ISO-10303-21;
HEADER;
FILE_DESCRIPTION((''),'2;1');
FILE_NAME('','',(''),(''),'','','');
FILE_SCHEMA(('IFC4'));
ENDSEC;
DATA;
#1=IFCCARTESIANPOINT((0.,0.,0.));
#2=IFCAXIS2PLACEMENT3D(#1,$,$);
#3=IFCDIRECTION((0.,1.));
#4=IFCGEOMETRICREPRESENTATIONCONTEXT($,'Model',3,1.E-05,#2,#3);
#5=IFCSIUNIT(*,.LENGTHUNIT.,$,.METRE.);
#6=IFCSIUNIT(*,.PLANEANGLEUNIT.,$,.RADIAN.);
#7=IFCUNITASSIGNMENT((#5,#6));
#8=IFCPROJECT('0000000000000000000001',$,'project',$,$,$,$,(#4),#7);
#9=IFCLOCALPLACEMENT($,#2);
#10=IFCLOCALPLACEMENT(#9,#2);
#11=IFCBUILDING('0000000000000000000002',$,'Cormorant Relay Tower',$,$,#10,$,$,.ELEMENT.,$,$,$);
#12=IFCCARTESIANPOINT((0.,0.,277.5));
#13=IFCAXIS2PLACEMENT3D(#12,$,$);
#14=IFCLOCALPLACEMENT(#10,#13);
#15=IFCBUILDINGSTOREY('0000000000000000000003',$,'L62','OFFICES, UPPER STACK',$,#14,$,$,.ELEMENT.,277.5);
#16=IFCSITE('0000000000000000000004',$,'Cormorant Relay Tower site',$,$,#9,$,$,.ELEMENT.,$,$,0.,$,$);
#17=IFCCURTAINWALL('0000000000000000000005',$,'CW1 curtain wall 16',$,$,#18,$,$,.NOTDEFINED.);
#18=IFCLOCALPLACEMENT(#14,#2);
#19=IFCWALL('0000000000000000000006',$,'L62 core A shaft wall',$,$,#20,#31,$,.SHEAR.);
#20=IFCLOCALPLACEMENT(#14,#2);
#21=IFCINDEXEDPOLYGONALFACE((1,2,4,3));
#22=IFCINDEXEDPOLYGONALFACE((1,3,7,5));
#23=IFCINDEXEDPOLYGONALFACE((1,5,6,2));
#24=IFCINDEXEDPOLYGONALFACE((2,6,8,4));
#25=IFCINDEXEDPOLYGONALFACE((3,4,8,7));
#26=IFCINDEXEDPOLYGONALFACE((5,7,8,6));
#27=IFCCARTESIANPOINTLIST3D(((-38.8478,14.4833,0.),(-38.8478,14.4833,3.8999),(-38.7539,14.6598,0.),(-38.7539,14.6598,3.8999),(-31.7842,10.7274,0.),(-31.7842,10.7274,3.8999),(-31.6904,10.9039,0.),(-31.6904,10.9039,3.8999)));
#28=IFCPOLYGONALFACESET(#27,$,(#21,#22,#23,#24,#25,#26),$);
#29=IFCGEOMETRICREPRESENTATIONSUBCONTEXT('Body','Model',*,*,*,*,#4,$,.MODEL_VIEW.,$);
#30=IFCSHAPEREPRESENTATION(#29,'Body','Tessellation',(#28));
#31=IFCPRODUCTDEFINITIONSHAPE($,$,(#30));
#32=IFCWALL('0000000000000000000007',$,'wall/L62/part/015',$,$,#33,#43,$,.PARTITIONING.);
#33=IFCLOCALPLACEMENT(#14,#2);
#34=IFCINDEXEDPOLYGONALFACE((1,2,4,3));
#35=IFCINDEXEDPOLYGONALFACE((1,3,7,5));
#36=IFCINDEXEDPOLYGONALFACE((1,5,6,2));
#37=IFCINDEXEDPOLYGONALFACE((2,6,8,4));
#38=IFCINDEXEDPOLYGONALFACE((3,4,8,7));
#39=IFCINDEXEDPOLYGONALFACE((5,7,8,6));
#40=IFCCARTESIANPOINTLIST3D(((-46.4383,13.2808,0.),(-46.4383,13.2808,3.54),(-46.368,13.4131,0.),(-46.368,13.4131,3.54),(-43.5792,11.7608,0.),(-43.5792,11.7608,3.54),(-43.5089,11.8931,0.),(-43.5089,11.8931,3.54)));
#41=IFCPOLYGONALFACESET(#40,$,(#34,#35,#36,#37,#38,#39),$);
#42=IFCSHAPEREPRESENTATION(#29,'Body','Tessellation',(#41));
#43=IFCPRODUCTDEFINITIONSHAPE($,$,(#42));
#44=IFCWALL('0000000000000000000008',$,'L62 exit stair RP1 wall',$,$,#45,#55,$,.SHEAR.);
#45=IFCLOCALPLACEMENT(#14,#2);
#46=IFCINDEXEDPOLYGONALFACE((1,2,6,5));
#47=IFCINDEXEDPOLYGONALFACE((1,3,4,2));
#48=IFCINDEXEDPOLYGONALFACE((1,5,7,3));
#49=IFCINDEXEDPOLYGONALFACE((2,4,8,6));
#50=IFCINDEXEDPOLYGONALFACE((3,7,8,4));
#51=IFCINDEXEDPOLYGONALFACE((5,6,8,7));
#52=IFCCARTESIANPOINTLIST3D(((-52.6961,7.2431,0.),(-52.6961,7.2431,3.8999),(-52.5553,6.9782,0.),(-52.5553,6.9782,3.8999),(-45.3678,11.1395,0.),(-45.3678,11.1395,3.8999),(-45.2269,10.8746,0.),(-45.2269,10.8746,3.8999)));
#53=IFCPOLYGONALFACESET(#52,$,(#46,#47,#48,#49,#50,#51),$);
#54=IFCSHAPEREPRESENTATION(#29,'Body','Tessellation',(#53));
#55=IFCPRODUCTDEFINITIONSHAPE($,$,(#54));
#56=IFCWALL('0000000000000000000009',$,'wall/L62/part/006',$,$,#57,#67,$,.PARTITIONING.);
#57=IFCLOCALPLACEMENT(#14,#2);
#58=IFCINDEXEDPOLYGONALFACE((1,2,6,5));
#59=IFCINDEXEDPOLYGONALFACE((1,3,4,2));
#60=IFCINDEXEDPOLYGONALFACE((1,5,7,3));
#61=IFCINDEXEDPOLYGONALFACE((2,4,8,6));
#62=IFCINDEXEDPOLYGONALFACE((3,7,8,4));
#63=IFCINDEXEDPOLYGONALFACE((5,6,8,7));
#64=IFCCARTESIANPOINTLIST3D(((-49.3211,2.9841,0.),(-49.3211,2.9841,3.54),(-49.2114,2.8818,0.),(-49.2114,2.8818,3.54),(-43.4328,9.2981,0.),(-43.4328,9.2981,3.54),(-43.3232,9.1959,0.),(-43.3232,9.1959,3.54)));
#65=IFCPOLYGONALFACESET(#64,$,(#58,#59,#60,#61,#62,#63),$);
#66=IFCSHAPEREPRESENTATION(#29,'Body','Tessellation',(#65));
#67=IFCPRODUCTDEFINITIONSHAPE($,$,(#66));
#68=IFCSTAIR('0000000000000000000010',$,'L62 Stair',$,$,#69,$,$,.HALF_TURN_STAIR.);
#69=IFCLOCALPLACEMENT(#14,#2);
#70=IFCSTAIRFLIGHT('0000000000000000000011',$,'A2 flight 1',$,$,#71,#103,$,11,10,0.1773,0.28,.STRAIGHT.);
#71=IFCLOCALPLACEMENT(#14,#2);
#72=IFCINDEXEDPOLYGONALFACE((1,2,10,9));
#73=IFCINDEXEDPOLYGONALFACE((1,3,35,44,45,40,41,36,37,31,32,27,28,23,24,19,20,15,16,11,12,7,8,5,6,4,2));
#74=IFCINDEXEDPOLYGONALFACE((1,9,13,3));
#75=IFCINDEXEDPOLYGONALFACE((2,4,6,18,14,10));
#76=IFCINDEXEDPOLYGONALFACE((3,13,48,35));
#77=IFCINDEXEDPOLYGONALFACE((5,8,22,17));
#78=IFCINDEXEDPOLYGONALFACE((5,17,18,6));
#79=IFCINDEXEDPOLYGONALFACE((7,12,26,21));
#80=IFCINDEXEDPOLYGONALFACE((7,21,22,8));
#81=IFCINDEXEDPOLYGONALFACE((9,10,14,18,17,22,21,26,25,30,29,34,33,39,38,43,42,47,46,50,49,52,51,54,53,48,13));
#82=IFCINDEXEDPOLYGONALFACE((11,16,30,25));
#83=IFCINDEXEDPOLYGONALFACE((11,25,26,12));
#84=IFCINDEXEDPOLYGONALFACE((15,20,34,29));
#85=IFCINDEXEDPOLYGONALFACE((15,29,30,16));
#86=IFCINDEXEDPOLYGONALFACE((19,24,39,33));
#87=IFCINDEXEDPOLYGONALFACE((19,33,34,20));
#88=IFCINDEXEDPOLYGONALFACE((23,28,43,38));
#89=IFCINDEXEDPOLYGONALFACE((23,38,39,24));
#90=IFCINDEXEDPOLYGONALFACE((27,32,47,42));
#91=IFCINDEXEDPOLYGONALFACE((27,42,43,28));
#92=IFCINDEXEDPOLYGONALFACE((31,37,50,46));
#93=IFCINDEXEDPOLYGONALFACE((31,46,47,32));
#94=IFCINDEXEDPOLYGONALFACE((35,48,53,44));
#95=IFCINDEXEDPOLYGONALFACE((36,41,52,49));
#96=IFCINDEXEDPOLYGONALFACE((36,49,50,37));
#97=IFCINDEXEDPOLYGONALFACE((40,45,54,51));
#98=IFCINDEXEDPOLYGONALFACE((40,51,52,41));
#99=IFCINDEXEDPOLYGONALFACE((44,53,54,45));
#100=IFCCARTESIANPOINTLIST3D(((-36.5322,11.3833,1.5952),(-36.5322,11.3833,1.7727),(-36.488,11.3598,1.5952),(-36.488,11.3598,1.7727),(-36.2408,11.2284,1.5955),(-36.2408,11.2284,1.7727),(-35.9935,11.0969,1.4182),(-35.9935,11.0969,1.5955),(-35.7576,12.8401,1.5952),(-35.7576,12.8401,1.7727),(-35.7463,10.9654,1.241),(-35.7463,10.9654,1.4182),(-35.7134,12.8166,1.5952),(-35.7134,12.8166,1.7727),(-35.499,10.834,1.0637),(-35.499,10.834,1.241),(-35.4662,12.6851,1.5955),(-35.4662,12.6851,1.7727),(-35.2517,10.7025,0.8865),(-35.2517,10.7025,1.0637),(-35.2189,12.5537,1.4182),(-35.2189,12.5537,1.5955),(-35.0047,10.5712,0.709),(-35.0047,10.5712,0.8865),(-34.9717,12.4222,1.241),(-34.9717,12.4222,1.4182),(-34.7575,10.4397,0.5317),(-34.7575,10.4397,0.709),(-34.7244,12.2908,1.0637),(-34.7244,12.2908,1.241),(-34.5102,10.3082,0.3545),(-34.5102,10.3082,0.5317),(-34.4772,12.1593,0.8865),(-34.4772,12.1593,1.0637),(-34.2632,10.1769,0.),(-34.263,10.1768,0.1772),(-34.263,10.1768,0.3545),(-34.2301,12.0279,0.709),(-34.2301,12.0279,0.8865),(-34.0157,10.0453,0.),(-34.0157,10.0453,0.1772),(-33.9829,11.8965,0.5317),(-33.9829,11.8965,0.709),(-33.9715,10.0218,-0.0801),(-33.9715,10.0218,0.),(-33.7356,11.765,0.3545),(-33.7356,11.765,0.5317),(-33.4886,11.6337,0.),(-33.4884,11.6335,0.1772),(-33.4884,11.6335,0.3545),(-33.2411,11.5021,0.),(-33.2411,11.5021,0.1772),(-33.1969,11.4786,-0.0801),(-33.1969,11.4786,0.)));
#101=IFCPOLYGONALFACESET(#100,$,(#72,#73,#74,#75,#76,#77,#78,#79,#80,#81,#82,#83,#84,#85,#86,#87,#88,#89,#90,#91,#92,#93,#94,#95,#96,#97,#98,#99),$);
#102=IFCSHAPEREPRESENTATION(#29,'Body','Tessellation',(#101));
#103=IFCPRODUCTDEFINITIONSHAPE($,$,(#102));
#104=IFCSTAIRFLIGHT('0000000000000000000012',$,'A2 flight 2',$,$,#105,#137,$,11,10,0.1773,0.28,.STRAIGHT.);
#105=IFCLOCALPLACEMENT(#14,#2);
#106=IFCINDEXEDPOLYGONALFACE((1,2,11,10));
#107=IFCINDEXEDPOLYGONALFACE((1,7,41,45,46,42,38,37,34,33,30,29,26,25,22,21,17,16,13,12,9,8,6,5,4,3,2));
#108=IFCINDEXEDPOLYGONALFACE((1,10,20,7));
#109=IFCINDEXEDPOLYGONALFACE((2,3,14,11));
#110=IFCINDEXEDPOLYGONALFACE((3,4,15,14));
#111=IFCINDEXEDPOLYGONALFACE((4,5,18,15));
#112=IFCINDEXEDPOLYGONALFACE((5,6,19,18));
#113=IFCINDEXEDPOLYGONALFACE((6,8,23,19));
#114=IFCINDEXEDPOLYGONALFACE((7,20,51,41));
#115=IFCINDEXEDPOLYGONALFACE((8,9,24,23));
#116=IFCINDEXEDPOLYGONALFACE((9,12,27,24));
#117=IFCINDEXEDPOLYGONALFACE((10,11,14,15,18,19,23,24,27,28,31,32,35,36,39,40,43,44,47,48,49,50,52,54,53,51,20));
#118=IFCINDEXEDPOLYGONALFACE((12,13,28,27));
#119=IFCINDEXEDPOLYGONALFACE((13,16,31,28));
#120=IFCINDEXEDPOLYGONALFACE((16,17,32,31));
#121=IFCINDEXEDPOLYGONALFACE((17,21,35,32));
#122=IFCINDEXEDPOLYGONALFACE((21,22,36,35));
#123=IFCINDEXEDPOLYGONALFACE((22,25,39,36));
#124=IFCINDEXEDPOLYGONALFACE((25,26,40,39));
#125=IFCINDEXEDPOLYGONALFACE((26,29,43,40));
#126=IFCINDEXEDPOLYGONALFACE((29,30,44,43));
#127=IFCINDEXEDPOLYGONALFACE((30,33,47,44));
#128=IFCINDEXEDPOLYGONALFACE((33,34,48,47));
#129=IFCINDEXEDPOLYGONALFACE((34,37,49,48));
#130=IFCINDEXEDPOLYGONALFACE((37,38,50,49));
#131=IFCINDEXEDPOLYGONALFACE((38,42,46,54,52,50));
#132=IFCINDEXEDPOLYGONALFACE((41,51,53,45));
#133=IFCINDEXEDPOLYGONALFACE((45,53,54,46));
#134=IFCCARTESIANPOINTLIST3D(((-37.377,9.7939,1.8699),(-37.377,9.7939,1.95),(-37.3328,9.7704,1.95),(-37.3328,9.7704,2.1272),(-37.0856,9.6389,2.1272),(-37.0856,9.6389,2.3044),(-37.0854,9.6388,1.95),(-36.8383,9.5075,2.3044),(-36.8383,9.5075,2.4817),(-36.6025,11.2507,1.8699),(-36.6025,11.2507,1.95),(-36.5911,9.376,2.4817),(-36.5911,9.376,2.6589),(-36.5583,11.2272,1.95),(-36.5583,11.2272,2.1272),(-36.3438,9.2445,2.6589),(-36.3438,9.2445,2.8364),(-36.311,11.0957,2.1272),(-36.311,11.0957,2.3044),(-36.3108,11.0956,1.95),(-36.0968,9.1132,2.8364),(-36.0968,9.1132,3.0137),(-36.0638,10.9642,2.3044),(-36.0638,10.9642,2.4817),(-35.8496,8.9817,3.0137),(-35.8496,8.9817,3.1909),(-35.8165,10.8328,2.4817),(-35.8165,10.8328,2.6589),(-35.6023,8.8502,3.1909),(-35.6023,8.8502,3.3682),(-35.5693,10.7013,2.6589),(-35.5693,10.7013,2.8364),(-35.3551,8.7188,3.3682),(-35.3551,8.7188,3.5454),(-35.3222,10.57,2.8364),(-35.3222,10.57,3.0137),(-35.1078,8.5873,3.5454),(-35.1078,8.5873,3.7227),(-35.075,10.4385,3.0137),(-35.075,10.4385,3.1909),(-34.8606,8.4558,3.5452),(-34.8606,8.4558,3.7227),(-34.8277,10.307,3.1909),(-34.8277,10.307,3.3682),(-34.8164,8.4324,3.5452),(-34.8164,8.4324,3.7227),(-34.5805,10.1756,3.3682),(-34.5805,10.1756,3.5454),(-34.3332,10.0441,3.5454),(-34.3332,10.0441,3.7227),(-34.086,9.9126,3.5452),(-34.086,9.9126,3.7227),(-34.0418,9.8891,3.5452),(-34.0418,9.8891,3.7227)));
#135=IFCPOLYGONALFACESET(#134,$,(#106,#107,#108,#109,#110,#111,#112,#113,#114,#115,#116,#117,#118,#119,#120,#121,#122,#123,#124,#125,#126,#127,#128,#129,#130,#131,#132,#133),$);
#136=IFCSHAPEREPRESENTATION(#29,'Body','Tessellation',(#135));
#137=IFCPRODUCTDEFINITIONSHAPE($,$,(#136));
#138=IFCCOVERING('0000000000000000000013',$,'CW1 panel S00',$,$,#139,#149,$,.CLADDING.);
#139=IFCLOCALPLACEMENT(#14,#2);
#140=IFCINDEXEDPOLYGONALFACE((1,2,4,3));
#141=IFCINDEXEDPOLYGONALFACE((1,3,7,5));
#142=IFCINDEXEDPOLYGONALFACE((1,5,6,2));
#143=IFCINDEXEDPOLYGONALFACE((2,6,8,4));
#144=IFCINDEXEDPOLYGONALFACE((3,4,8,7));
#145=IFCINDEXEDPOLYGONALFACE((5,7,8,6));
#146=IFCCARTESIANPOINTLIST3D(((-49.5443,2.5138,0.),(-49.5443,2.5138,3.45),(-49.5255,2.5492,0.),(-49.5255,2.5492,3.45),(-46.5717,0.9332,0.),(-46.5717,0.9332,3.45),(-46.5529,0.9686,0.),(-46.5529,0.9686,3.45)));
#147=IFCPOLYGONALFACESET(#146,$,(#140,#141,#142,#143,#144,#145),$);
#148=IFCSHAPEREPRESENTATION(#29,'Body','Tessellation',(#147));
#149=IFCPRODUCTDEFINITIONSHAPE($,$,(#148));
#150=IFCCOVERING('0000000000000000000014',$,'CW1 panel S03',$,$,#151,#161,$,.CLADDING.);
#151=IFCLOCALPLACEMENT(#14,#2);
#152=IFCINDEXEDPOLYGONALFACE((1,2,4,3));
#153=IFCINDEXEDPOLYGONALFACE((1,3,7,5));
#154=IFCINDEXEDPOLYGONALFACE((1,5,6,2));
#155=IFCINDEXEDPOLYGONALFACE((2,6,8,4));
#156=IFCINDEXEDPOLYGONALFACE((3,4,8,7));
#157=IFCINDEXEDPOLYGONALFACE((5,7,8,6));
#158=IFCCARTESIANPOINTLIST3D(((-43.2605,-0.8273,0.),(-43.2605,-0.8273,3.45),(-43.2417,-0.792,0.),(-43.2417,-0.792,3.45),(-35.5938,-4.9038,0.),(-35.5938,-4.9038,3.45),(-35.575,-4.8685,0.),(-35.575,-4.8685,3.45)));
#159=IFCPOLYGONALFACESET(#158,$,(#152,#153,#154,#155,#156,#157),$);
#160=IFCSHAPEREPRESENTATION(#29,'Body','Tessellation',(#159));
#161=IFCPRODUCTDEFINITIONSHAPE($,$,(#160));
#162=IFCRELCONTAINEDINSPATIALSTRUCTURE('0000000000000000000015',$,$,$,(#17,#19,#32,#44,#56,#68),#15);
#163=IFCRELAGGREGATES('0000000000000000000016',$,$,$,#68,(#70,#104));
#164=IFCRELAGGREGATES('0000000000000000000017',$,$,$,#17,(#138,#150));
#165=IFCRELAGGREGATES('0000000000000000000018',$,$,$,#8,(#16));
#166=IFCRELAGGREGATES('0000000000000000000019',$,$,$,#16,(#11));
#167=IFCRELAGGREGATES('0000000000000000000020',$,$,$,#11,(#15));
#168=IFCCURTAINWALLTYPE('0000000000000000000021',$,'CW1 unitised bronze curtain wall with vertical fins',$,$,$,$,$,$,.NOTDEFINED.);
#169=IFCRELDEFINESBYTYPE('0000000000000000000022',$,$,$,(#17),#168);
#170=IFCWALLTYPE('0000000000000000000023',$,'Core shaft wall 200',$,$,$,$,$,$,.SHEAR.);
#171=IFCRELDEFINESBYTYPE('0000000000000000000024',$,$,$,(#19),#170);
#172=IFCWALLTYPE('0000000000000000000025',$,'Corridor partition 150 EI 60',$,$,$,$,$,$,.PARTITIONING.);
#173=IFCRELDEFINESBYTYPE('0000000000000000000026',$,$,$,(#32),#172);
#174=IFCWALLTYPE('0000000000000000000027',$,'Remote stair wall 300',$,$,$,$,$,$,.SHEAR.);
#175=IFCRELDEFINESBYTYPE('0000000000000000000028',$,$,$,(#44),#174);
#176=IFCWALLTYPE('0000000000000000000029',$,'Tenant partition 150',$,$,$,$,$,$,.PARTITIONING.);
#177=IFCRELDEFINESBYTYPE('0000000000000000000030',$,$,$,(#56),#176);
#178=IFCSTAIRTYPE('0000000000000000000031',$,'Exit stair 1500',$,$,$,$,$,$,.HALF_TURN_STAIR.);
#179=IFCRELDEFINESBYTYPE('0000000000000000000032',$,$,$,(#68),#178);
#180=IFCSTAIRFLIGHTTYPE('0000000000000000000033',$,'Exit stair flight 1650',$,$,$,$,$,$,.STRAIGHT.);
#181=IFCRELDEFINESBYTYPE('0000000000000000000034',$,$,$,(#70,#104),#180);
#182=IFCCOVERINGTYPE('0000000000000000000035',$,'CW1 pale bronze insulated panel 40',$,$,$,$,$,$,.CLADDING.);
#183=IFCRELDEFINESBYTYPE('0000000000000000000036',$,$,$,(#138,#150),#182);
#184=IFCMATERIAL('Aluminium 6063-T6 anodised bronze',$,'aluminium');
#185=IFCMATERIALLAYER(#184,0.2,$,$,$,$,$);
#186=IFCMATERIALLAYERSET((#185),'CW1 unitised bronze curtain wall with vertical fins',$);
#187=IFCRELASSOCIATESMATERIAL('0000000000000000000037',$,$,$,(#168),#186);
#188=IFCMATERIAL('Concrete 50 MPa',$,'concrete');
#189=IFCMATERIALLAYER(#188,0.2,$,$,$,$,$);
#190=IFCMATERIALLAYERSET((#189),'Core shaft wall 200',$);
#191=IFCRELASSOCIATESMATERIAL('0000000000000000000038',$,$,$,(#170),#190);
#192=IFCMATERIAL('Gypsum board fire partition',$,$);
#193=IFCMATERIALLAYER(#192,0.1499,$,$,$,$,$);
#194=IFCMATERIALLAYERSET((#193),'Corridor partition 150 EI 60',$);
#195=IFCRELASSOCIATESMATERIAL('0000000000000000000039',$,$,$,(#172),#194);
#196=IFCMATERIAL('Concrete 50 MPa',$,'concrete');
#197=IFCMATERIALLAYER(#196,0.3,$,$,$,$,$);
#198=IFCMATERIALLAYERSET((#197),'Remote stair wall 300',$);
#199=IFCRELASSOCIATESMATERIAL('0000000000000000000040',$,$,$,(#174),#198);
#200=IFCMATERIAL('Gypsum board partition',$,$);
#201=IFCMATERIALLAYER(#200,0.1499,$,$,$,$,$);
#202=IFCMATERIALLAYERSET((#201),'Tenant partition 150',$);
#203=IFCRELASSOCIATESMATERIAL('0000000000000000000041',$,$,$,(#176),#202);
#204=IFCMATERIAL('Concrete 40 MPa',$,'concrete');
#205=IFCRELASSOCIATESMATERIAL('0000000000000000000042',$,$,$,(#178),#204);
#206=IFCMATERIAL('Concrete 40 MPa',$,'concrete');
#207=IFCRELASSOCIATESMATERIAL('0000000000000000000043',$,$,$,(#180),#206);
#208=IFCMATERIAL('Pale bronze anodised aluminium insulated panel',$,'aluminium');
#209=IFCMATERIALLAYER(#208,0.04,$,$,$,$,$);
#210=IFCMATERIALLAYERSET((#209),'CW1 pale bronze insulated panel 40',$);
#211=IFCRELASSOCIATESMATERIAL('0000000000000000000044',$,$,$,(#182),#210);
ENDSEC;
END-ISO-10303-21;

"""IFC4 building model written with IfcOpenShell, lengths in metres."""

from ifc_helpers import new_model, si_unit, direction, frame, frame_2d, origin, origin_2d, place, context, subcontext, project, spatial, polyline, rectangle, outline, extrude, material, layer, layer_set, type_object, element, aggregate, save


model = new_model("IFC4")

# Units and contexts
model_context = context("Model", 3, precision=1e-05, world=origin(), true_north=direction((0.0, 1.0)))
body_context = subcontext(model_context, "Body", "Model", "MODEL_VIEW")
ifc_project = project(units=[si_unit("LENGTHUNIT", "METRE"), si_unit("PLANEANGLEUNIT", "RADIAN")], contexts=[model_context])

# Site, building, storey
site_placement = place(None, origin())
site = spatial("IfcSite", under=ifc_project, at=site_placement, Name="Cormorant Relay Tower site", CompositionType="ELEMENT", RefElevation=0.0)
building_placement = place(site_placement, origin())
building = spatial("IfcBuilding", under=site, at=building_placement, Name="Cormorant Relay Tower", CompositionType="ELEMENT")
storey_placement = place(building_placement, frame((0.0, 0.0, 277.5)))
storey = spatial("IfcBuildingStorey", under=building, at=storey_placement, Name="L62", Description="OFFICES, UPPER STACK", CompositionType="ELEMENT", Elevation=277.5)

# Curtain wall
ifc_material_1 = material(Name="Aluminium 6063-T6 anodised bronze", Category="aluminium")
ifc_layer_1 = layer(ifc_material_1, 0.2)
ifc_layer_set_1 = layer_set([ifc_layer_1], Name="CW1 unitised bronze curtain wall with vertical fins")
curtain_wall_type = type_object("IfcCurtainWallType", Name="CW1 unitised bronze curtain wall with vertical fins", PredefinedType="NOTDEFINED", material=ifc_layer_set_1)
curtain_wall_placement = place(storey_placement, origin())
curtain_wall = element("IfcCurtainWall", 1, at=curtain_wall_placement, inside=storey, type_object=curtain_wall_type, Name="CW1 curtain wall 16", PredefinedType="NOTDEFINED")

# Walls
ifc_material_2 = material(Name="Concrete 50 MPa", Category="concrete")
ifc_layer_2 = layer(ifc_material_2, 0.2)
ifc_layer_set_2 = layer_set([ifc_layer_2], Name="Core shaft wall 200")
wall_type_1 = type_object("IfcWallType", Name="Core shaft wall 200", PredefinedType="SHEAR", material=ifc_layer_set_2)
wall_1_placement = place(storey_placement, frame((-31.7373, 10.8157, 0.0), z_axis=(0.0, 0.0, 1.0), x_axis=(-0.88294, 0.469485, 0.0)))
element("IfcWall", 2, at=wall_1_placement, inside=storey, type_object=wall_type_1, Name="L62 core A shaft wall", PredefinedType="SHEAR", context=body_context, shape_type="SweptSolid", body=[
    extrude(rectangle(XDim=8.0, YDim=0.2, at=frame_2d((4.0, 0.0))), origin(), (0.0, 0.0, 1.0), 3.8999),
])
ifc_material_3 = material(Name="Gypsum board fire partition")
ifc_layer_3 = layer(ifc_material_3, 0.1499)
ifc_layer_set_3 = layer_set([ifc_layer_3], Name="Corridor partition 150 EI 60")
wall_type_2 = type_object("IfcWallType", Name="Corridor partition 150 EI 60", PredefinedType="PARTITIONING", material=ifc_layer_set_3)
wall_2_placement = place(storey_placement, frame((-43.5439, 11.8269, 0.0), z_axis=(0.0, 0.0, 1.0), x_axis=(-0.882974, 0.469422, 0.0)))
element("IfcWall", 3, at=wall_2_placement, inside=storey, type_object=wall_type_2, Name="wall/L62/part/015", PredefinedType="PARTITIONING", context=body_context, shape_type="SweptSolid", body=[
    extrude(rectangle(XDim=3.238, YDim=0.1499, at=frame_2d((1.6191, 0.0))), origin(), (0.0, 0.0, 1.0), 3.54),
])
ifc_material_4 = material(Name="Concrete 50 MPa", Category="concrete")
ifc_layer_4 = layer(ifc_material_4, 0.3)
ifc_layer_set_4 = layer_set([ifc_layer_4], Name="Remote stair wall 300")
wall_type_3 = type_object("IfcWallType", Name="Remote stair wall 300", PredefinedType="SHEAR", material=ifc_layer_set_4)
wall_3_placement = place(storey_placement, frame((-45.2974, 11.0071, 0.0), z_axis=(0.0, 0.0, 1.0), x_axis=(-0.882952, -0.469464, 0.0)))
element("IfcWall", 4, at=wall_3_placement, inside=storey, type_object=wall_type_3, Name="L62 exit stair RP1 wall", PredefinedType="SHEAR", context=body_context, shape_type="SweptSolid", body=[
    extrude(rectangle(XDim=8.2998, YDim=0.3, at=frame_2d((4.1499, 0.0))), origin(), (0.0, 0.0, 1.0), 3.8999),
])
ifc_material_5 = material(Name="Gypsum board partition")
ifc_layer_5 = layer(ifc_material_5, 0.1499)
ifc_layer_set_5 = layer_set([ifc_layer_5], Name="Tenant partition 150")
wall_type_4 = type_object("IfcWallType", Name="Tenant partition 150", PredefinedType="PARTITIONING", material=ifc_layer_set_5)
wall_4_placement = place(storey_placement, frame((-43.3779, 9.2471, 0.0), z_axis=(0.0, 0.0, 1.0), x_axis=(-0.682018, -0.731335, 0.0)))
element("IfcWall", 5, at=wall_4_placement, inside=storey, type_object=wall_type_4, Name="wall/L62/part/006", PredefinedType="PARTITIONING", context=body_context, shape_type="SweptSolid", body=[
    extrude(rectangle(XDim=8.6335, YDim=0.1499, at=frame_2d((4.3169, 0.0))), origin(), (0.0, 0.0, 1.0), 3.54),
])

# Stair, stair flights
ifc_material_6 = material(Name="Concrete 40 MPa", Category="concrete")
stair_type = type_object("IfcStairType", Name="Exit stair 1500", PredefinedType="HALF_TURN_STAIR", material=ifc_material_6)
stair_placement = place(storey_placement, origin())
stair = element("IfcStair", 6, at=stair_placement, inside=storey, type_object=stair_type, Name="L62 Stair", PredefinedType="HALF_TURN_STAIR")
ifc_material_7 = material(Name="Concrete 40 MPa", Category="concrete")
stair_flight_type = type_object("IfcStairFlightType", Name="Exit stair flight 1650", PredefinedType="STRAIGHT", material=ifc_material_7)
stair_flight_1_placement = place(storey_placement, frame((-33.6284, 10.7737, 0.0), z_axis=(0.0, 0.0, 1.0), x_axis=(-0.882948, 0.469472, 0.0)))
stair_flight_1 = element("IfcStairFlight", 7, at=stair_flight_1_placement, type_object=stair_flight_type, Name="A2 flight 1", NumberOfRisers=11, NumberOfTreads=10, PredefinedType="STRAIGHT", RiserHeight=0.1773, TreadLength=0.28, context=body_context, shape_type="SweptSolid", body=[
    extrude(outline(polyline([(-0.05, -0.0801), (-0.05, 0.0), (0.0, 0.0), (0.0, 0.1772), (0.28, 0.1772), (0.28, 0.3545), (0.5601, 0.3545), (0.5601, 0.5317), (0.8401, 0.5317), (0.8401, 0.709), (1.1201, 0.709), (1.1201, 0.8865), (1.3999, 0.8865), (1.3999, 1.0637), (1.6799, 1.0637), (1.6799, 1.241), (1.96, 1.241), (1.96, 1.4182), (2.24, 1.4182), (2.24, 1.5955), (2.52, 1.5955), (2.52, 1.7727), (2.8, 1.7727), (2.8501, 1.7727), (2.8501, 1.5952), (2.8, 1.5952), (0.2803, 0.0), (-0.05, -0.0801)])), frame((0.0, 0.825, 0.0), z_axis=(0.0, -1.0, 0.0), x_axis=(1.0, 0.0, 0.0)), (0.0, 0.0, 1.0), 1.6499),
])
stair_flight_2_placement = place(storey_placement, frame((-36.9456, 10.4988, 1.95), z_axis=(0.0, 0.0, 1.0), x_axis=(0.882948, -0.469472, 0.0)))
stair_flight_2 = element("IfcStairFlight", 8, at=stair_flight_2_placement, type_object=stair_flight_type, Name="A2 flight 2", NumberOfRisers=11, NumberOfTreads=10, PredefinedType="STRAIGHT", RiserHeight=0.1773, TreadLength=0.28, context=body_context, shape_type="SweptSolid", body=[
    extrude(outline(polyline([(-0.05, -0.0801), (-0.05, 0.0), (0.0, 0.0), (0.0, 0.1772), (0.28, 0.1772), (0.28, 0.3545), (0.5601, 0.3545), (0.5601, 0.5317), (0.8401, 0.5317), (0.8401, 0.709), (1.1201, 0.709), (1.1201, 0.8865), (1.3999, 0.8865), (1.3999, 1.0637), (1.6799, 1.0637), (1.6799, 1.241), (1.96, 1.241), (1.96, 1.4182), (2.24, 1.4182), (2.24, 1.5955), (2.52, 1.5955), (2.52, 1.7727), (2.8, 1.7727), (2.8501, 1.7727), (2.8501, 1.5952), (2.8, 1.5952), (0.2803, 0.0), (-0.05, -0.0801)])), frame((0.0, 0.825, 0.0), z_axis=(0.0, -1.0, 0.0), x_axis=(1.0, 0.0, 0.0)), (0.0, 0.0, 1.0), 1.6499),
])
aggregate(stair, [stair_flight_1, stair_flight_2])

# Coverings
ifc_material_8 = material(Name="Pale bronze anodised aluminium insulated panel", Category="aluminium")
ifc_layer_6 = layer(ifc_material_8, 0.04)
ifc_layer_set_6 = layer_set([ifc_layer_6], Name="CW1 pale bronze insulated panel 40")
covering_type = type_object("IfcCoveringType", Name="CW1 pale bronze insulated panel 40", PredefinedType="CLADDING", material=ifc_layer_set_6)
covering_1_placement = place(storey_placement, frame((-48.0486, 1.7412, 0.0), z_axis=(0.0, 0.0, 1.0), x_axis=(0.882948, -0.469472, 0.0)))
covering_1 = element("IfcCovering", 9, at=covering_1_placement, type_object=covering_type, Name="CW1 panel S00", PredefinedType="CLADDING", context=body_context, shape_type="SweptSolid", body=[
    extrude(rectangle(XDim=3.3667, YDim=0.04, at=origin_2d()), origin(), (0.0, 0.0, 1.0), 3.45),
])
covering_2_placement = place(storey_placement, frame((-39.4177, -2.8479, 0.0), z_axis=(0.0, 0.0, 1.0), x_axis=(0.882948, -0.469472, 0.0)))
covering_2 = element("IfcCovering", 10, at=covering_2_placement, type_object=covering_type, Name="CW1 panel S03", PredefinedType="CLADDING", context=body_context, shape_type="SweptSolid", body=[
    extrude(rectangle(XDim=8.6831, YDim=0.04, at=origin_2d()), origin(), (0.0, 0.0, 1.0), 3.45),
])
aggregate(curtain_wall, [covering_1, covering_2])

save(model, "model.ifc")
